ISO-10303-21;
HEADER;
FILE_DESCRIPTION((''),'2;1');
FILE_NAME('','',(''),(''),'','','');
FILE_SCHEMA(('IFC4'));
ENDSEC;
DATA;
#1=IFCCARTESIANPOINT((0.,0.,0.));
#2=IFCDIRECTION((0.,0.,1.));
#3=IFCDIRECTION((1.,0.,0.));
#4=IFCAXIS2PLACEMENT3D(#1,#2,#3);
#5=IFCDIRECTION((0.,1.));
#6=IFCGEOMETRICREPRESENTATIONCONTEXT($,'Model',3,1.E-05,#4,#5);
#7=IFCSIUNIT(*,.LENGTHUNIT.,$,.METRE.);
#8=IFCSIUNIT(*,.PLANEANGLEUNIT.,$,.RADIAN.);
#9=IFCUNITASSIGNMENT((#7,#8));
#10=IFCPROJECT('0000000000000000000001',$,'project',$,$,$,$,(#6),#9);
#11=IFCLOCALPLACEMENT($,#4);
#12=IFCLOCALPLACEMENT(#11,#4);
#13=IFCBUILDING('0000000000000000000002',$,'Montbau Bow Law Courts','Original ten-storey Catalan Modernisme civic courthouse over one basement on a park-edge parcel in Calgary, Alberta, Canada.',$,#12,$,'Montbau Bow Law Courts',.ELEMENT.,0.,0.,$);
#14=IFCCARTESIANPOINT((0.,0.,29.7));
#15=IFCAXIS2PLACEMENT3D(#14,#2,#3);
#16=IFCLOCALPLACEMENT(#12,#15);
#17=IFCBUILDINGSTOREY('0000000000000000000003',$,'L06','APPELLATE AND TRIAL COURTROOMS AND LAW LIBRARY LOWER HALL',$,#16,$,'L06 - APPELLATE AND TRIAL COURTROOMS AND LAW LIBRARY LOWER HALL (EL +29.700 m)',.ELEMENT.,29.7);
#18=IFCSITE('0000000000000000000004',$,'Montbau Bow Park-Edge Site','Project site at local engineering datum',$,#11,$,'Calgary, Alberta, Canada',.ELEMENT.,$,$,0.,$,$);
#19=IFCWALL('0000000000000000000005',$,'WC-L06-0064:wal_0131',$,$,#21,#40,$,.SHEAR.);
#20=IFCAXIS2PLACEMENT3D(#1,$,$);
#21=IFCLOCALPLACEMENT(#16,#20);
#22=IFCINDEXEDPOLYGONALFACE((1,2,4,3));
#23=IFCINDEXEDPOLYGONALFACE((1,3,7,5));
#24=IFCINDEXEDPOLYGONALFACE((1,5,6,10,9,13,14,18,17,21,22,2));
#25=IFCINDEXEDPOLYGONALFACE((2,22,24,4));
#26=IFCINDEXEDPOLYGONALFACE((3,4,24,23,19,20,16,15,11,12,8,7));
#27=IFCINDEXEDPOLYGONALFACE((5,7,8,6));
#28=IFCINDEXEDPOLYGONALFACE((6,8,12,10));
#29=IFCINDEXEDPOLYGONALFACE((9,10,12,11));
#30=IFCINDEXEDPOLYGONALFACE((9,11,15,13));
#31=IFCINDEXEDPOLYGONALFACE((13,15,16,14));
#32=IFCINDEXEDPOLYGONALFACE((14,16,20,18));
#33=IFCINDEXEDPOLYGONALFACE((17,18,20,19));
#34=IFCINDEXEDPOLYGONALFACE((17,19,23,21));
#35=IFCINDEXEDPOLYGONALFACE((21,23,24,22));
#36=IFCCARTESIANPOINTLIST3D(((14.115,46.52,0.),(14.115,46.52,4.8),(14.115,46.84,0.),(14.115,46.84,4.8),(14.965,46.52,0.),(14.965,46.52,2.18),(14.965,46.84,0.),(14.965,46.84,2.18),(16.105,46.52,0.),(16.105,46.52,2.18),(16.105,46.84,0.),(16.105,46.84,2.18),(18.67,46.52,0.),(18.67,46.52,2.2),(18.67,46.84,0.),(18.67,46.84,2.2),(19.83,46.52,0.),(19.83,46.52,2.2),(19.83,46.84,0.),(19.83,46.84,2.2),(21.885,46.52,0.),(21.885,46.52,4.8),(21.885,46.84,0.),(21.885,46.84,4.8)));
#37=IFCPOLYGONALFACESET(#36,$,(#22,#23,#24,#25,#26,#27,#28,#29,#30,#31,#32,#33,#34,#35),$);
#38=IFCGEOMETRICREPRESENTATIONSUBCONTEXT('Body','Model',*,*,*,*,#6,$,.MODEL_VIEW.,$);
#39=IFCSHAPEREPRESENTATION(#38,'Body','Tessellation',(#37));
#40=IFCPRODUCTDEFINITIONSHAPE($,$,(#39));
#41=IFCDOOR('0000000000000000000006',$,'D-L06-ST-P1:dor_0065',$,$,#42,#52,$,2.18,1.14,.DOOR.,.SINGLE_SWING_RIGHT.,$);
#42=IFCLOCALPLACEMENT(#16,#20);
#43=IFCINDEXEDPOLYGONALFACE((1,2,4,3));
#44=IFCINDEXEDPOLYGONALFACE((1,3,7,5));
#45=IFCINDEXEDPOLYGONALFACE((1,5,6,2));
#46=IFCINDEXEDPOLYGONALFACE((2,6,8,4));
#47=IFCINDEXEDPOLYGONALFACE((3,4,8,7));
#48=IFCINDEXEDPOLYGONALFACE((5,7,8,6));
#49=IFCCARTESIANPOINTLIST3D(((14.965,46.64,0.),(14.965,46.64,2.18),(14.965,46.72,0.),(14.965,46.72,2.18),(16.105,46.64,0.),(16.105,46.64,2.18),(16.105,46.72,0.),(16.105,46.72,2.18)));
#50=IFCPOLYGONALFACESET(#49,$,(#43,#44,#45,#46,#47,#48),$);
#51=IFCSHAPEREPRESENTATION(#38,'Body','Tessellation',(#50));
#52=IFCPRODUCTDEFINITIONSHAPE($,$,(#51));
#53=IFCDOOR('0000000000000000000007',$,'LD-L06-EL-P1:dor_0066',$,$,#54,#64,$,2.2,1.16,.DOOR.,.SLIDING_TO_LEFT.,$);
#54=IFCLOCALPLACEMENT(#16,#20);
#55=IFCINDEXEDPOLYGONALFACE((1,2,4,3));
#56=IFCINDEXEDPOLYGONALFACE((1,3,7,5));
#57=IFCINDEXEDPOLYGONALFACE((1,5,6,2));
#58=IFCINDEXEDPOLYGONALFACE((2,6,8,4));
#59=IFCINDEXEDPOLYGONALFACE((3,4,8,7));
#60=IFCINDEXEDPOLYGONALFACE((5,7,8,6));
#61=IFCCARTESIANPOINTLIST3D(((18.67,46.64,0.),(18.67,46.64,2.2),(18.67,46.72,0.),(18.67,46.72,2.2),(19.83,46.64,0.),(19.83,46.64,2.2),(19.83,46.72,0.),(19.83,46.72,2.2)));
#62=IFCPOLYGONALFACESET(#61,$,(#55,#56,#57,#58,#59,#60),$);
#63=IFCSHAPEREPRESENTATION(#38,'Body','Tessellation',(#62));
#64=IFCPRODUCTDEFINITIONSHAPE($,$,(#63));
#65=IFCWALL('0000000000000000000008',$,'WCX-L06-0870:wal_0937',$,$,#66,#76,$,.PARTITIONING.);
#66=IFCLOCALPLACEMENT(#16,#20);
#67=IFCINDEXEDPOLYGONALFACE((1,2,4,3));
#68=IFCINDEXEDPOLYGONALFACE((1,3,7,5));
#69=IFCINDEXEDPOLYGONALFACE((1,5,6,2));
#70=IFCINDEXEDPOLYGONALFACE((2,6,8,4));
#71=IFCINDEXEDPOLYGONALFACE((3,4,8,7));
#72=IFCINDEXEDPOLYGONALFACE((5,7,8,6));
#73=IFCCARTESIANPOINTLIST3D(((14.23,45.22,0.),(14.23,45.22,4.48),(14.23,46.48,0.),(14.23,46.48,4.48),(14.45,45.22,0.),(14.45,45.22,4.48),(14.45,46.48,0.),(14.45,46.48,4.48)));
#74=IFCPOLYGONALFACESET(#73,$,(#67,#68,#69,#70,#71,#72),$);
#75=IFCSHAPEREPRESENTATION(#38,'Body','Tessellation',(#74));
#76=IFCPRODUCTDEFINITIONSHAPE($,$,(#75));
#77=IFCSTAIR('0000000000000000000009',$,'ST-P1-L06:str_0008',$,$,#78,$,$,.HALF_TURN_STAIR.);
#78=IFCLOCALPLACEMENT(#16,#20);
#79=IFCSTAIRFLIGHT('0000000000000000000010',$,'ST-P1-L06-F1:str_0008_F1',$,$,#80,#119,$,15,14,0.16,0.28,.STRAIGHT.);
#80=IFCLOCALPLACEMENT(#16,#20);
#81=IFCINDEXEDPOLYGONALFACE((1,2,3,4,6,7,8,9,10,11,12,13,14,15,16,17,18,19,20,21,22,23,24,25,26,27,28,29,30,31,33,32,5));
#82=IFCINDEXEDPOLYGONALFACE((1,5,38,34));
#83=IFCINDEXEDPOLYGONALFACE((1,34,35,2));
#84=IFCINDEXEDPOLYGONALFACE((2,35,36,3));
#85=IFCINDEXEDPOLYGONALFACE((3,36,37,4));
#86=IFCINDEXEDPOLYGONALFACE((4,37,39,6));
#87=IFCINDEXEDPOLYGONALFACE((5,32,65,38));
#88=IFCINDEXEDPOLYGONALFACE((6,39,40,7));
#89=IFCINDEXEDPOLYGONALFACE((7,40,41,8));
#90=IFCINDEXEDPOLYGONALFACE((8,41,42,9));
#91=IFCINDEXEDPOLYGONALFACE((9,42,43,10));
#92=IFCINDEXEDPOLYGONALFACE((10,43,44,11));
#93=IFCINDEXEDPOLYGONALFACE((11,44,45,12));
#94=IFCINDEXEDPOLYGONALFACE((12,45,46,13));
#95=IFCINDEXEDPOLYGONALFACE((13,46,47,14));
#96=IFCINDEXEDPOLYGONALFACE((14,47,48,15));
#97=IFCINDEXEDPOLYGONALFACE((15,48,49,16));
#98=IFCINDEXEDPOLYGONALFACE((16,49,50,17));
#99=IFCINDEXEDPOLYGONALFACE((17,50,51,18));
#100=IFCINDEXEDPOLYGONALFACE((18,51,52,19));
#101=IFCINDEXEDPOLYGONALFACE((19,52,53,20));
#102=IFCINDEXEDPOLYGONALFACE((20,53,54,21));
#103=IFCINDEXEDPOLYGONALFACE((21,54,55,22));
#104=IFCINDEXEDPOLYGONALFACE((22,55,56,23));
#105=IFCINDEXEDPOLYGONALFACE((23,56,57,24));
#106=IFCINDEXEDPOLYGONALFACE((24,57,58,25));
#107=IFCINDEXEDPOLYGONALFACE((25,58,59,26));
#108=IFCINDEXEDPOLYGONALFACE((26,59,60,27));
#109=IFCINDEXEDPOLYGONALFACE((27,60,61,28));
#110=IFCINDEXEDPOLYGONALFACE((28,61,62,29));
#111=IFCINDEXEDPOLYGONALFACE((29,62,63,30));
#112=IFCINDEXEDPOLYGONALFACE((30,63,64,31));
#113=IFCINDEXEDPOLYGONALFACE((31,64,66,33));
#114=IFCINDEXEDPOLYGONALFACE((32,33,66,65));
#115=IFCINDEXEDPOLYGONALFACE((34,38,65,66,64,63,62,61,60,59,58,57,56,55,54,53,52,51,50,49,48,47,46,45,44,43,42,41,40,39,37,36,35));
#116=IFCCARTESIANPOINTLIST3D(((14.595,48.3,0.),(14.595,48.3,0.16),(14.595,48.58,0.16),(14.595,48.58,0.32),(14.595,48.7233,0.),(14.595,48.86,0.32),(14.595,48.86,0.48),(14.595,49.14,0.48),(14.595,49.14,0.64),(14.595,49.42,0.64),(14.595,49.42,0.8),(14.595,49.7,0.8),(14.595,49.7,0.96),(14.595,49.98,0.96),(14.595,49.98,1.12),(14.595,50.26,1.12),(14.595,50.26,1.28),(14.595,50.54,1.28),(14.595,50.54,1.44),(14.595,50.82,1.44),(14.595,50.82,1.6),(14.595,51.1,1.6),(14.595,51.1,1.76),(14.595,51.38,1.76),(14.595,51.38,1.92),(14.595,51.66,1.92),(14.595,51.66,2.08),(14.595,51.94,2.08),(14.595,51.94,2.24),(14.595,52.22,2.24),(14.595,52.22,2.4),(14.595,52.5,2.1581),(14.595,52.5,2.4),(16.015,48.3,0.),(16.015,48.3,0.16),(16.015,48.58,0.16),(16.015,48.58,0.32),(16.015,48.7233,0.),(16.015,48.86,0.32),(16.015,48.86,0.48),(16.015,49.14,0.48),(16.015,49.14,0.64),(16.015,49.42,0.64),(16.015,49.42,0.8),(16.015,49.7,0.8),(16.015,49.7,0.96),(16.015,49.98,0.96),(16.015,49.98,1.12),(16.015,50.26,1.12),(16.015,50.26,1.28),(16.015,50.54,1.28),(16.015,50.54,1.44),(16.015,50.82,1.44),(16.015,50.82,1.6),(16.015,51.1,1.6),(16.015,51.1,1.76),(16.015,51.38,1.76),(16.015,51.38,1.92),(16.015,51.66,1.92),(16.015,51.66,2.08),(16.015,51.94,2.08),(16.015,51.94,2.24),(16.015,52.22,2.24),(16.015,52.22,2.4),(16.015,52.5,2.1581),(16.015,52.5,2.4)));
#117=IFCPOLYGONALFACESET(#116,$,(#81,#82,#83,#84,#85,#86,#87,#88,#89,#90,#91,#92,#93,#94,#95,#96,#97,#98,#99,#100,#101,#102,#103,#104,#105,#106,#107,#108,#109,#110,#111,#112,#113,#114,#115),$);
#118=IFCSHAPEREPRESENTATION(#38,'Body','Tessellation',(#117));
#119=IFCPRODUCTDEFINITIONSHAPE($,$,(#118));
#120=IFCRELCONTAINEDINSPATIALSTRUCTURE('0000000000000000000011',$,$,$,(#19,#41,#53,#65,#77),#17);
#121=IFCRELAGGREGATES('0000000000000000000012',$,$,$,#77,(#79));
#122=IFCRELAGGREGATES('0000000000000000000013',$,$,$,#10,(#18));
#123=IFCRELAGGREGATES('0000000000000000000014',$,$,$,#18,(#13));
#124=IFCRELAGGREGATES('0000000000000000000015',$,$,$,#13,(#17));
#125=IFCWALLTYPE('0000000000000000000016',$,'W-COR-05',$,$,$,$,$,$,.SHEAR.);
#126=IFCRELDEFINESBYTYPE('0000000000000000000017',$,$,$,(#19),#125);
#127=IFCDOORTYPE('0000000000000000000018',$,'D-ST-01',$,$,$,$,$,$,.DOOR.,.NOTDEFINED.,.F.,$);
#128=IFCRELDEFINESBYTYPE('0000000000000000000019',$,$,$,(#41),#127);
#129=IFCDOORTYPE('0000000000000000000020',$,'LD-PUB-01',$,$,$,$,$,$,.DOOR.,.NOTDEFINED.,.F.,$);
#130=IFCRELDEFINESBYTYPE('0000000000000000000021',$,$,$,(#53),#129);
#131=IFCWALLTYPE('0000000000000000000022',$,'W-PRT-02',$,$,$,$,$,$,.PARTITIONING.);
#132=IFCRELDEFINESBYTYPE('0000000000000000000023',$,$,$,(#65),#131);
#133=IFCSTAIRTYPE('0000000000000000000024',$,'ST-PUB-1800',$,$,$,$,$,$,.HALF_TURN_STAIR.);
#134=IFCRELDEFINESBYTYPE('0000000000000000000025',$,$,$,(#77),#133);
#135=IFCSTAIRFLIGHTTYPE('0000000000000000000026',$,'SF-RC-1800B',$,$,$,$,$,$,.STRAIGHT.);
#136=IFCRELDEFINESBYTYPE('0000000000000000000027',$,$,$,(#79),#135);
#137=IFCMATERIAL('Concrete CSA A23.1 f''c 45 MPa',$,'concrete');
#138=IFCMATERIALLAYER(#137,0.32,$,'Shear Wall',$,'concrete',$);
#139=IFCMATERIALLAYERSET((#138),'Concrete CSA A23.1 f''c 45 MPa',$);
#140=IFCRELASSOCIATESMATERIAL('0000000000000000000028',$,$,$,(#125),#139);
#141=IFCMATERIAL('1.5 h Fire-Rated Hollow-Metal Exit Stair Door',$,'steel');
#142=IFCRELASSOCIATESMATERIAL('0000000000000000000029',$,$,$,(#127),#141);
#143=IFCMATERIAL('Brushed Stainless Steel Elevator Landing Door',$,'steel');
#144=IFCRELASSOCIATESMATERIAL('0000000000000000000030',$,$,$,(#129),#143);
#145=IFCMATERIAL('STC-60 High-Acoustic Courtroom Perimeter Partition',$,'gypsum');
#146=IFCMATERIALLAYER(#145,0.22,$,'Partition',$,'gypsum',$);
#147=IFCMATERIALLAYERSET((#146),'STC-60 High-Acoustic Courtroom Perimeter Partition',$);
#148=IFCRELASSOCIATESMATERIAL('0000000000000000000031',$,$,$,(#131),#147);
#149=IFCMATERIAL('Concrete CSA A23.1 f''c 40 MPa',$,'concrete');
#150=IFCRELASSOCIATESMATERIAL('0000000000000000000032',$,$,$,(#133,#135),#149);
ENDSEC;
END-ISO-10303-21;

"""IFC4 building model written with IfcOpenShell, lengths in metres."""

from ifc_helpers import new_model, si_unit, direction, frame, frame_2d, origin_with_axes, place, context, subcontext, project, spatial, polyline, rectangle, outline, extrude, material, layer, layer_set, type_object, element, fill, aggregate, save


model = new_model("IFC4")

# Units and contexts
model_context = context("Model", 3, precision=1e-05, world=origin_with_axes(), true_north=direction((0.0, 1.0)))
body_context = subcontext(model_context, "Body", "Model", "MODEL_VIEW")
ifc_project = project(units=[si_unit("LENGTHUNIT", "METRE"), si_unit("PLANEANGLEUNIT", "RADIAN")], contexts=[model_context])

# Site, building, storey
site_placement = place(None, origin_with_axes())
site = spatial("IfcSite", under=ifc_project, at=site_placement, Name="Montbau Bow Park-Edge Site", Description="Project site at local engineering datum", LongName="Calgary, Alberta, Canada", CompositionType="ELEMENT", RefElevation=0.0)
building_placement = place(site_placement, origin_with_axes())
building = spatial("IfcBuilding", under=site, at=building_placement, Name="Montbau Bow Law Courts", Description="Original ten-storey Catalan Modernisme civic courthouse over one basement on a park-edge parcel in Calgary, Alberta, Canada.", LongName="Montbau Bow Law Courts", CompositionType="ELEMENT", ElevationOfRefHeight=0.0, ElevationOfTerrain=0.0)
storey_placement = place(building_placement, frame((0.0, 0.0, 29.7), z_axis=(0.0, 0.0, 1.0), x_axis=(1.0, 0.0, 0.0)))
storey = spatial("IfcBuildingStorey", under=building, at=storey_placement, Name="L06", Description="APPELLATE AND TRIAL COURTROOMS AND LAW LIBRARY LOWER HALL", LongName="L06 - APPELLATE AND TRIAL COURTROOMS AND LAW LIBRARY LOWER HALL (EL +29.700 m)", CompositionType="ELEMENT", Elevation=29.7)

# Wall, openings, doors
ifc_material_1 = material(Name="Concrete CSA A23.1 f'c 45 MPa", Category="concrete")
ifc_layer_1 = layer(ifc_material_1, 0.32, Name="Shear Wall", Category="concrete")
ifc_layer_set_1 = layer_set([ifc_layer_1], Name="Concrete CSA A23.1 f'c 45 MPa")
wall_type_1 = type_object("IfcWallType", Name="W-COR-05", PredefinedType="SHEAR", material=ifc_layer_set_1)
wall_1_placement = place(None, frame((14.115, 46.68, 29.7), z_axis=(0.0, 0.0, 1.0), x_axis=(1.0, 0.0, 0.0)))
wall_1 = element("IfcWall", 1, at=wall_1_placement, inside=storey, type_object=wall_type_1, Name="WC-L06-0064:wal_0131", PredefinedType="SHEAR", context=body_context, shape_type="SweptSolid", body=[
    extrude(rectangle(XDim=7.77, YDim=0.32, at=frame_2d((3.885, 0.0), x_axis=(1.0, 0.0))), origin_with_axes(), (0.0, 0.0, 1.0), 4.8),
])
opening_1_placement = place(None, frame((15.535, 46.68, 29.7), z_axis=(0.0, 0.0, 1.0), x_axis=(1.0, 0.0, 0.0)))
opening_1 = element("IfcOpeningElement", 2, at=opening_1_placement, cuts=wall_1, PredefinedType="OPENING", context=body_context, shape_type="SweptSolid", body=[
    extrude(rectangle(XDim=1.14, YDim=2.18, at=frame_2d((0.0, 1.09), x_axis=(1.0, 0.0))), frame((0.0, 0.17, 0.0), z_axis=(0.0, -1.0, 0.0), x_axis=(1.0, 0.0, 0.0)), (0.0, 0.0, 1.0), 0.34),
])
opening_2_placement = place(None, frame((19.25, 46.68, 29.7), z_axis=(0.0, 0.0, 1.0), x_axis=(1.0, 0.0, 0.0)))
opening_2 = element("IfcOpeningElement", 3, at=opening_2_placement, cuts=wall_1, PredefinedType="OPENING", context=body_context, shape_type="SweptSolid", body=[
    extrude(rectangle(XDim=1.16, YDim=2.2, at=frame_2d((0.0, 1.1), x_axis=(1.0, 0.0))), frame((0.0, 0.17, 0.0), z_axis=(0.0, -1.0, 0.0), x_axis=(1.0, 0.0, 0.0)), (0.0, 0.0, 1.0), 0.34),
])
ifc_material_2 = material(Name="1.5 h Fire-Rated Hollow-Metal Exit Stair Door", Category="steel")
door_type_1 = type_object("IfcDoorType", Name="D-ST-01", OperationType="NOTDEFINED", ParameterTakesPrecedence=False, PredefinedType="DOOR", material=ifc_material_2)
door_1_placement = place(None, frame((15.535, 46.68, 29.7), z_axis=(0.0, 0.0, 1.0), x_axis=(-1.0, 0.0, 0.0)))
door_1 = element("IfcDoor", 4, at=door_1_placement, inside=storey, type_object=door_type_1, Name="D-L06-ST-P1:dor_0065", OperationType="SINGLE_SWING_RIGHT", OverallHeight=2.18, OverallWidth=1.14, PredefinedType="DOOR", context=body_context, shape_type="SweptSolid", body=[
    extrude(rectangle(XDim=1.14, YDim=2.18, at=frame_2d((0.0, 1.09), x_axis=(1.0, 0.0))), frame((0.0, 0.04, 0.0), z_axis=(0.0, -1.0, 0.0), x_axis=(1.0, 0.0, 0.0)), (0.0, 0.0, 1.0), 0.08),
])
fill(opening_1, door_1)
ifc_material_3 = material(Name="Brushed Stainless Steel Elevator Landing Door", Category="steel")
door_type_2 = type_object("IfcDoorType", Name="LD-PUB-01", OperationType="NOTDEFINED", ParameterTakesPrecedence=False, PredefinedType="DOOR", material=ifc_material_3)
door_2_placement = place(None, frame((19.25, 46.68, 29.7), z_axis=(0.0, 0.0, 1.0), x_axis=(-1.0, 0.0, 0.0)))
door_2 = element("IfcDoor", 5, at=door_2_placement, inside=storey, type_object=door_type_2, Name="LD-L06-EL-P1:dor_0066", OperationType="SLIDING_TO_LEFT", OverallHeight=2.2, OverallWidth=1.16, PredefinedType="DOOR", context=body_context, shape_type="SweptSolid", body=[
    extrude(rectangle(XDim=1.16, YDim=2.2, at=frame_2d((0.0, 1.1), x_axis=(1.0, 0.0))), frame((0.0, 0.04, 0.0), z_axis=(0.0, -1.0, 0.0), x_axis=(1.0, 0.0, 0.0)), (0.0, 0.0, 1.0), 0.08),
])
fill(opening_2, door_2)

# Wall
ifc_material_4 = material(Name="STC-60 High-Acoustic Courtroom Perimeter Partition", Category="gypsum")
ifc_layer_2 = layer(ifc_material_4, 0.22, Name="Partition", Category="gypsum")
ifc_layer_set_2 = layer_set([ifc_layer_2], Name="STC-60 High-Acoustic Courtroom Perimeter Partition")
wall_type_2 = type_object("IfcWallType", Name="W-PRT-02", PredefinedType="PARTITIONING", material=ifc_layer_set_2)
wall_2_placement = place(None, frame((14.34, 45.22, 29.7), z_axis=(0.0, 0.0, 1.0), x_axis=(0.0, 1.0, 0.0)))
element("IfcWall", 6, at=wall_2_placement, inside=storey, type_object=wall_type_2, Name="WCX-L06-0870:wal_0937", PredefinedType="PARTITIONING", context=body_context, shape_type="SweptSolid", body=[
    extrude(rectangle(XDim=1.26, YDim=0.22, at=frame_2d((0.63, 0.0), x_axis=(1.0, 0.0))), origin_with_axes(), (0.0, 0.0, 1.0), 4.48),
])

# Stair, stair flight
ifc_material_5 = material(Name="Concrete CSA A23.1 f'c 40 MPa", Category="concrete")
stair_type = type_object("IfcStairType", Name="ST-PUB-1800", PredefinedType="HALF_TURN_STAIR", material=ifc_material_5)
stair_placement = place(None, frame((15.305, 48.3, 29.7), z_axis=(0.0, 0.0, 1.0), x_axis=(1.0, 0.0, 0.0)))
stair = element("IfcStair", 7, at=stair_placement, inside=storey, type_object=stair_type, Name="ST-P1-L06:str_0008", PredefinedType="HALF_TURN_STAIR")
stair_flight_type = type_object("IfcStairFlightType", Name="SF-RC-1800B", PredefinedType="STRAIGHT", material=ifc_material_5)
stair_flight_placement = place(None, frame((15.305, 48.3, 29.7), z_axis=(0.0, 0.0, 1.0), x_axis=(0.0, 1.0, 0.0)))
stair_flight = element("IfcStairFlight", 8, at=stair_flight_placement, type_object=stair_flight_type, Name="ST-P1-L06-F1:str_0008_F1", NumberOfRisers=15, NumberOfTreads=14, PredefinedType="STRAIGHT", RiserHeight=0.16, TreadLength=0.28, context=body_context, shape_type="SweptSolid", body=[
    extrude(outline(polyline([(0.0, 0.0), (0.0, 0.16), (0.28, 0.16), (0.28, 0.32), (0.56, 0.32), (0.56, 0.48), (0.84, 0.48), (0.84, 0.64), (1.12, 0.64), (1.12, 0.8), (1.4, 0.8), (1.4, 0.96), (1.68, 0.96), (1.68, 1.12), (1.96, 1.12), (1.96, 1.28), (2.24, 1.28), (2.24, 1.44), (2.52, 1.44), (2.52, 1.6), (2.8, 1.6), (2.8, 1.76), (3.08, 1.76), (3.08, 1.92), (3.36, 1.92), (3.36, 2.08), (3.64, 2.08), (3.64, 2.24), (3.92, 2.24), (3.92, 2.4), (4.2, 2.4), (4.2, 2.1581), (0.4233, 0.0), (0.0, 0.0)])), frame((0.0, 0.71, 0.0), z_axis=(0.0, -1.0, 0.0), x_axis=(1.0, 0.0, 0.0)), (0.0, 0.0, 1.0), 1.42),
])
aggregate(stair, [stair_flight])

save(model, "model.ifc")
